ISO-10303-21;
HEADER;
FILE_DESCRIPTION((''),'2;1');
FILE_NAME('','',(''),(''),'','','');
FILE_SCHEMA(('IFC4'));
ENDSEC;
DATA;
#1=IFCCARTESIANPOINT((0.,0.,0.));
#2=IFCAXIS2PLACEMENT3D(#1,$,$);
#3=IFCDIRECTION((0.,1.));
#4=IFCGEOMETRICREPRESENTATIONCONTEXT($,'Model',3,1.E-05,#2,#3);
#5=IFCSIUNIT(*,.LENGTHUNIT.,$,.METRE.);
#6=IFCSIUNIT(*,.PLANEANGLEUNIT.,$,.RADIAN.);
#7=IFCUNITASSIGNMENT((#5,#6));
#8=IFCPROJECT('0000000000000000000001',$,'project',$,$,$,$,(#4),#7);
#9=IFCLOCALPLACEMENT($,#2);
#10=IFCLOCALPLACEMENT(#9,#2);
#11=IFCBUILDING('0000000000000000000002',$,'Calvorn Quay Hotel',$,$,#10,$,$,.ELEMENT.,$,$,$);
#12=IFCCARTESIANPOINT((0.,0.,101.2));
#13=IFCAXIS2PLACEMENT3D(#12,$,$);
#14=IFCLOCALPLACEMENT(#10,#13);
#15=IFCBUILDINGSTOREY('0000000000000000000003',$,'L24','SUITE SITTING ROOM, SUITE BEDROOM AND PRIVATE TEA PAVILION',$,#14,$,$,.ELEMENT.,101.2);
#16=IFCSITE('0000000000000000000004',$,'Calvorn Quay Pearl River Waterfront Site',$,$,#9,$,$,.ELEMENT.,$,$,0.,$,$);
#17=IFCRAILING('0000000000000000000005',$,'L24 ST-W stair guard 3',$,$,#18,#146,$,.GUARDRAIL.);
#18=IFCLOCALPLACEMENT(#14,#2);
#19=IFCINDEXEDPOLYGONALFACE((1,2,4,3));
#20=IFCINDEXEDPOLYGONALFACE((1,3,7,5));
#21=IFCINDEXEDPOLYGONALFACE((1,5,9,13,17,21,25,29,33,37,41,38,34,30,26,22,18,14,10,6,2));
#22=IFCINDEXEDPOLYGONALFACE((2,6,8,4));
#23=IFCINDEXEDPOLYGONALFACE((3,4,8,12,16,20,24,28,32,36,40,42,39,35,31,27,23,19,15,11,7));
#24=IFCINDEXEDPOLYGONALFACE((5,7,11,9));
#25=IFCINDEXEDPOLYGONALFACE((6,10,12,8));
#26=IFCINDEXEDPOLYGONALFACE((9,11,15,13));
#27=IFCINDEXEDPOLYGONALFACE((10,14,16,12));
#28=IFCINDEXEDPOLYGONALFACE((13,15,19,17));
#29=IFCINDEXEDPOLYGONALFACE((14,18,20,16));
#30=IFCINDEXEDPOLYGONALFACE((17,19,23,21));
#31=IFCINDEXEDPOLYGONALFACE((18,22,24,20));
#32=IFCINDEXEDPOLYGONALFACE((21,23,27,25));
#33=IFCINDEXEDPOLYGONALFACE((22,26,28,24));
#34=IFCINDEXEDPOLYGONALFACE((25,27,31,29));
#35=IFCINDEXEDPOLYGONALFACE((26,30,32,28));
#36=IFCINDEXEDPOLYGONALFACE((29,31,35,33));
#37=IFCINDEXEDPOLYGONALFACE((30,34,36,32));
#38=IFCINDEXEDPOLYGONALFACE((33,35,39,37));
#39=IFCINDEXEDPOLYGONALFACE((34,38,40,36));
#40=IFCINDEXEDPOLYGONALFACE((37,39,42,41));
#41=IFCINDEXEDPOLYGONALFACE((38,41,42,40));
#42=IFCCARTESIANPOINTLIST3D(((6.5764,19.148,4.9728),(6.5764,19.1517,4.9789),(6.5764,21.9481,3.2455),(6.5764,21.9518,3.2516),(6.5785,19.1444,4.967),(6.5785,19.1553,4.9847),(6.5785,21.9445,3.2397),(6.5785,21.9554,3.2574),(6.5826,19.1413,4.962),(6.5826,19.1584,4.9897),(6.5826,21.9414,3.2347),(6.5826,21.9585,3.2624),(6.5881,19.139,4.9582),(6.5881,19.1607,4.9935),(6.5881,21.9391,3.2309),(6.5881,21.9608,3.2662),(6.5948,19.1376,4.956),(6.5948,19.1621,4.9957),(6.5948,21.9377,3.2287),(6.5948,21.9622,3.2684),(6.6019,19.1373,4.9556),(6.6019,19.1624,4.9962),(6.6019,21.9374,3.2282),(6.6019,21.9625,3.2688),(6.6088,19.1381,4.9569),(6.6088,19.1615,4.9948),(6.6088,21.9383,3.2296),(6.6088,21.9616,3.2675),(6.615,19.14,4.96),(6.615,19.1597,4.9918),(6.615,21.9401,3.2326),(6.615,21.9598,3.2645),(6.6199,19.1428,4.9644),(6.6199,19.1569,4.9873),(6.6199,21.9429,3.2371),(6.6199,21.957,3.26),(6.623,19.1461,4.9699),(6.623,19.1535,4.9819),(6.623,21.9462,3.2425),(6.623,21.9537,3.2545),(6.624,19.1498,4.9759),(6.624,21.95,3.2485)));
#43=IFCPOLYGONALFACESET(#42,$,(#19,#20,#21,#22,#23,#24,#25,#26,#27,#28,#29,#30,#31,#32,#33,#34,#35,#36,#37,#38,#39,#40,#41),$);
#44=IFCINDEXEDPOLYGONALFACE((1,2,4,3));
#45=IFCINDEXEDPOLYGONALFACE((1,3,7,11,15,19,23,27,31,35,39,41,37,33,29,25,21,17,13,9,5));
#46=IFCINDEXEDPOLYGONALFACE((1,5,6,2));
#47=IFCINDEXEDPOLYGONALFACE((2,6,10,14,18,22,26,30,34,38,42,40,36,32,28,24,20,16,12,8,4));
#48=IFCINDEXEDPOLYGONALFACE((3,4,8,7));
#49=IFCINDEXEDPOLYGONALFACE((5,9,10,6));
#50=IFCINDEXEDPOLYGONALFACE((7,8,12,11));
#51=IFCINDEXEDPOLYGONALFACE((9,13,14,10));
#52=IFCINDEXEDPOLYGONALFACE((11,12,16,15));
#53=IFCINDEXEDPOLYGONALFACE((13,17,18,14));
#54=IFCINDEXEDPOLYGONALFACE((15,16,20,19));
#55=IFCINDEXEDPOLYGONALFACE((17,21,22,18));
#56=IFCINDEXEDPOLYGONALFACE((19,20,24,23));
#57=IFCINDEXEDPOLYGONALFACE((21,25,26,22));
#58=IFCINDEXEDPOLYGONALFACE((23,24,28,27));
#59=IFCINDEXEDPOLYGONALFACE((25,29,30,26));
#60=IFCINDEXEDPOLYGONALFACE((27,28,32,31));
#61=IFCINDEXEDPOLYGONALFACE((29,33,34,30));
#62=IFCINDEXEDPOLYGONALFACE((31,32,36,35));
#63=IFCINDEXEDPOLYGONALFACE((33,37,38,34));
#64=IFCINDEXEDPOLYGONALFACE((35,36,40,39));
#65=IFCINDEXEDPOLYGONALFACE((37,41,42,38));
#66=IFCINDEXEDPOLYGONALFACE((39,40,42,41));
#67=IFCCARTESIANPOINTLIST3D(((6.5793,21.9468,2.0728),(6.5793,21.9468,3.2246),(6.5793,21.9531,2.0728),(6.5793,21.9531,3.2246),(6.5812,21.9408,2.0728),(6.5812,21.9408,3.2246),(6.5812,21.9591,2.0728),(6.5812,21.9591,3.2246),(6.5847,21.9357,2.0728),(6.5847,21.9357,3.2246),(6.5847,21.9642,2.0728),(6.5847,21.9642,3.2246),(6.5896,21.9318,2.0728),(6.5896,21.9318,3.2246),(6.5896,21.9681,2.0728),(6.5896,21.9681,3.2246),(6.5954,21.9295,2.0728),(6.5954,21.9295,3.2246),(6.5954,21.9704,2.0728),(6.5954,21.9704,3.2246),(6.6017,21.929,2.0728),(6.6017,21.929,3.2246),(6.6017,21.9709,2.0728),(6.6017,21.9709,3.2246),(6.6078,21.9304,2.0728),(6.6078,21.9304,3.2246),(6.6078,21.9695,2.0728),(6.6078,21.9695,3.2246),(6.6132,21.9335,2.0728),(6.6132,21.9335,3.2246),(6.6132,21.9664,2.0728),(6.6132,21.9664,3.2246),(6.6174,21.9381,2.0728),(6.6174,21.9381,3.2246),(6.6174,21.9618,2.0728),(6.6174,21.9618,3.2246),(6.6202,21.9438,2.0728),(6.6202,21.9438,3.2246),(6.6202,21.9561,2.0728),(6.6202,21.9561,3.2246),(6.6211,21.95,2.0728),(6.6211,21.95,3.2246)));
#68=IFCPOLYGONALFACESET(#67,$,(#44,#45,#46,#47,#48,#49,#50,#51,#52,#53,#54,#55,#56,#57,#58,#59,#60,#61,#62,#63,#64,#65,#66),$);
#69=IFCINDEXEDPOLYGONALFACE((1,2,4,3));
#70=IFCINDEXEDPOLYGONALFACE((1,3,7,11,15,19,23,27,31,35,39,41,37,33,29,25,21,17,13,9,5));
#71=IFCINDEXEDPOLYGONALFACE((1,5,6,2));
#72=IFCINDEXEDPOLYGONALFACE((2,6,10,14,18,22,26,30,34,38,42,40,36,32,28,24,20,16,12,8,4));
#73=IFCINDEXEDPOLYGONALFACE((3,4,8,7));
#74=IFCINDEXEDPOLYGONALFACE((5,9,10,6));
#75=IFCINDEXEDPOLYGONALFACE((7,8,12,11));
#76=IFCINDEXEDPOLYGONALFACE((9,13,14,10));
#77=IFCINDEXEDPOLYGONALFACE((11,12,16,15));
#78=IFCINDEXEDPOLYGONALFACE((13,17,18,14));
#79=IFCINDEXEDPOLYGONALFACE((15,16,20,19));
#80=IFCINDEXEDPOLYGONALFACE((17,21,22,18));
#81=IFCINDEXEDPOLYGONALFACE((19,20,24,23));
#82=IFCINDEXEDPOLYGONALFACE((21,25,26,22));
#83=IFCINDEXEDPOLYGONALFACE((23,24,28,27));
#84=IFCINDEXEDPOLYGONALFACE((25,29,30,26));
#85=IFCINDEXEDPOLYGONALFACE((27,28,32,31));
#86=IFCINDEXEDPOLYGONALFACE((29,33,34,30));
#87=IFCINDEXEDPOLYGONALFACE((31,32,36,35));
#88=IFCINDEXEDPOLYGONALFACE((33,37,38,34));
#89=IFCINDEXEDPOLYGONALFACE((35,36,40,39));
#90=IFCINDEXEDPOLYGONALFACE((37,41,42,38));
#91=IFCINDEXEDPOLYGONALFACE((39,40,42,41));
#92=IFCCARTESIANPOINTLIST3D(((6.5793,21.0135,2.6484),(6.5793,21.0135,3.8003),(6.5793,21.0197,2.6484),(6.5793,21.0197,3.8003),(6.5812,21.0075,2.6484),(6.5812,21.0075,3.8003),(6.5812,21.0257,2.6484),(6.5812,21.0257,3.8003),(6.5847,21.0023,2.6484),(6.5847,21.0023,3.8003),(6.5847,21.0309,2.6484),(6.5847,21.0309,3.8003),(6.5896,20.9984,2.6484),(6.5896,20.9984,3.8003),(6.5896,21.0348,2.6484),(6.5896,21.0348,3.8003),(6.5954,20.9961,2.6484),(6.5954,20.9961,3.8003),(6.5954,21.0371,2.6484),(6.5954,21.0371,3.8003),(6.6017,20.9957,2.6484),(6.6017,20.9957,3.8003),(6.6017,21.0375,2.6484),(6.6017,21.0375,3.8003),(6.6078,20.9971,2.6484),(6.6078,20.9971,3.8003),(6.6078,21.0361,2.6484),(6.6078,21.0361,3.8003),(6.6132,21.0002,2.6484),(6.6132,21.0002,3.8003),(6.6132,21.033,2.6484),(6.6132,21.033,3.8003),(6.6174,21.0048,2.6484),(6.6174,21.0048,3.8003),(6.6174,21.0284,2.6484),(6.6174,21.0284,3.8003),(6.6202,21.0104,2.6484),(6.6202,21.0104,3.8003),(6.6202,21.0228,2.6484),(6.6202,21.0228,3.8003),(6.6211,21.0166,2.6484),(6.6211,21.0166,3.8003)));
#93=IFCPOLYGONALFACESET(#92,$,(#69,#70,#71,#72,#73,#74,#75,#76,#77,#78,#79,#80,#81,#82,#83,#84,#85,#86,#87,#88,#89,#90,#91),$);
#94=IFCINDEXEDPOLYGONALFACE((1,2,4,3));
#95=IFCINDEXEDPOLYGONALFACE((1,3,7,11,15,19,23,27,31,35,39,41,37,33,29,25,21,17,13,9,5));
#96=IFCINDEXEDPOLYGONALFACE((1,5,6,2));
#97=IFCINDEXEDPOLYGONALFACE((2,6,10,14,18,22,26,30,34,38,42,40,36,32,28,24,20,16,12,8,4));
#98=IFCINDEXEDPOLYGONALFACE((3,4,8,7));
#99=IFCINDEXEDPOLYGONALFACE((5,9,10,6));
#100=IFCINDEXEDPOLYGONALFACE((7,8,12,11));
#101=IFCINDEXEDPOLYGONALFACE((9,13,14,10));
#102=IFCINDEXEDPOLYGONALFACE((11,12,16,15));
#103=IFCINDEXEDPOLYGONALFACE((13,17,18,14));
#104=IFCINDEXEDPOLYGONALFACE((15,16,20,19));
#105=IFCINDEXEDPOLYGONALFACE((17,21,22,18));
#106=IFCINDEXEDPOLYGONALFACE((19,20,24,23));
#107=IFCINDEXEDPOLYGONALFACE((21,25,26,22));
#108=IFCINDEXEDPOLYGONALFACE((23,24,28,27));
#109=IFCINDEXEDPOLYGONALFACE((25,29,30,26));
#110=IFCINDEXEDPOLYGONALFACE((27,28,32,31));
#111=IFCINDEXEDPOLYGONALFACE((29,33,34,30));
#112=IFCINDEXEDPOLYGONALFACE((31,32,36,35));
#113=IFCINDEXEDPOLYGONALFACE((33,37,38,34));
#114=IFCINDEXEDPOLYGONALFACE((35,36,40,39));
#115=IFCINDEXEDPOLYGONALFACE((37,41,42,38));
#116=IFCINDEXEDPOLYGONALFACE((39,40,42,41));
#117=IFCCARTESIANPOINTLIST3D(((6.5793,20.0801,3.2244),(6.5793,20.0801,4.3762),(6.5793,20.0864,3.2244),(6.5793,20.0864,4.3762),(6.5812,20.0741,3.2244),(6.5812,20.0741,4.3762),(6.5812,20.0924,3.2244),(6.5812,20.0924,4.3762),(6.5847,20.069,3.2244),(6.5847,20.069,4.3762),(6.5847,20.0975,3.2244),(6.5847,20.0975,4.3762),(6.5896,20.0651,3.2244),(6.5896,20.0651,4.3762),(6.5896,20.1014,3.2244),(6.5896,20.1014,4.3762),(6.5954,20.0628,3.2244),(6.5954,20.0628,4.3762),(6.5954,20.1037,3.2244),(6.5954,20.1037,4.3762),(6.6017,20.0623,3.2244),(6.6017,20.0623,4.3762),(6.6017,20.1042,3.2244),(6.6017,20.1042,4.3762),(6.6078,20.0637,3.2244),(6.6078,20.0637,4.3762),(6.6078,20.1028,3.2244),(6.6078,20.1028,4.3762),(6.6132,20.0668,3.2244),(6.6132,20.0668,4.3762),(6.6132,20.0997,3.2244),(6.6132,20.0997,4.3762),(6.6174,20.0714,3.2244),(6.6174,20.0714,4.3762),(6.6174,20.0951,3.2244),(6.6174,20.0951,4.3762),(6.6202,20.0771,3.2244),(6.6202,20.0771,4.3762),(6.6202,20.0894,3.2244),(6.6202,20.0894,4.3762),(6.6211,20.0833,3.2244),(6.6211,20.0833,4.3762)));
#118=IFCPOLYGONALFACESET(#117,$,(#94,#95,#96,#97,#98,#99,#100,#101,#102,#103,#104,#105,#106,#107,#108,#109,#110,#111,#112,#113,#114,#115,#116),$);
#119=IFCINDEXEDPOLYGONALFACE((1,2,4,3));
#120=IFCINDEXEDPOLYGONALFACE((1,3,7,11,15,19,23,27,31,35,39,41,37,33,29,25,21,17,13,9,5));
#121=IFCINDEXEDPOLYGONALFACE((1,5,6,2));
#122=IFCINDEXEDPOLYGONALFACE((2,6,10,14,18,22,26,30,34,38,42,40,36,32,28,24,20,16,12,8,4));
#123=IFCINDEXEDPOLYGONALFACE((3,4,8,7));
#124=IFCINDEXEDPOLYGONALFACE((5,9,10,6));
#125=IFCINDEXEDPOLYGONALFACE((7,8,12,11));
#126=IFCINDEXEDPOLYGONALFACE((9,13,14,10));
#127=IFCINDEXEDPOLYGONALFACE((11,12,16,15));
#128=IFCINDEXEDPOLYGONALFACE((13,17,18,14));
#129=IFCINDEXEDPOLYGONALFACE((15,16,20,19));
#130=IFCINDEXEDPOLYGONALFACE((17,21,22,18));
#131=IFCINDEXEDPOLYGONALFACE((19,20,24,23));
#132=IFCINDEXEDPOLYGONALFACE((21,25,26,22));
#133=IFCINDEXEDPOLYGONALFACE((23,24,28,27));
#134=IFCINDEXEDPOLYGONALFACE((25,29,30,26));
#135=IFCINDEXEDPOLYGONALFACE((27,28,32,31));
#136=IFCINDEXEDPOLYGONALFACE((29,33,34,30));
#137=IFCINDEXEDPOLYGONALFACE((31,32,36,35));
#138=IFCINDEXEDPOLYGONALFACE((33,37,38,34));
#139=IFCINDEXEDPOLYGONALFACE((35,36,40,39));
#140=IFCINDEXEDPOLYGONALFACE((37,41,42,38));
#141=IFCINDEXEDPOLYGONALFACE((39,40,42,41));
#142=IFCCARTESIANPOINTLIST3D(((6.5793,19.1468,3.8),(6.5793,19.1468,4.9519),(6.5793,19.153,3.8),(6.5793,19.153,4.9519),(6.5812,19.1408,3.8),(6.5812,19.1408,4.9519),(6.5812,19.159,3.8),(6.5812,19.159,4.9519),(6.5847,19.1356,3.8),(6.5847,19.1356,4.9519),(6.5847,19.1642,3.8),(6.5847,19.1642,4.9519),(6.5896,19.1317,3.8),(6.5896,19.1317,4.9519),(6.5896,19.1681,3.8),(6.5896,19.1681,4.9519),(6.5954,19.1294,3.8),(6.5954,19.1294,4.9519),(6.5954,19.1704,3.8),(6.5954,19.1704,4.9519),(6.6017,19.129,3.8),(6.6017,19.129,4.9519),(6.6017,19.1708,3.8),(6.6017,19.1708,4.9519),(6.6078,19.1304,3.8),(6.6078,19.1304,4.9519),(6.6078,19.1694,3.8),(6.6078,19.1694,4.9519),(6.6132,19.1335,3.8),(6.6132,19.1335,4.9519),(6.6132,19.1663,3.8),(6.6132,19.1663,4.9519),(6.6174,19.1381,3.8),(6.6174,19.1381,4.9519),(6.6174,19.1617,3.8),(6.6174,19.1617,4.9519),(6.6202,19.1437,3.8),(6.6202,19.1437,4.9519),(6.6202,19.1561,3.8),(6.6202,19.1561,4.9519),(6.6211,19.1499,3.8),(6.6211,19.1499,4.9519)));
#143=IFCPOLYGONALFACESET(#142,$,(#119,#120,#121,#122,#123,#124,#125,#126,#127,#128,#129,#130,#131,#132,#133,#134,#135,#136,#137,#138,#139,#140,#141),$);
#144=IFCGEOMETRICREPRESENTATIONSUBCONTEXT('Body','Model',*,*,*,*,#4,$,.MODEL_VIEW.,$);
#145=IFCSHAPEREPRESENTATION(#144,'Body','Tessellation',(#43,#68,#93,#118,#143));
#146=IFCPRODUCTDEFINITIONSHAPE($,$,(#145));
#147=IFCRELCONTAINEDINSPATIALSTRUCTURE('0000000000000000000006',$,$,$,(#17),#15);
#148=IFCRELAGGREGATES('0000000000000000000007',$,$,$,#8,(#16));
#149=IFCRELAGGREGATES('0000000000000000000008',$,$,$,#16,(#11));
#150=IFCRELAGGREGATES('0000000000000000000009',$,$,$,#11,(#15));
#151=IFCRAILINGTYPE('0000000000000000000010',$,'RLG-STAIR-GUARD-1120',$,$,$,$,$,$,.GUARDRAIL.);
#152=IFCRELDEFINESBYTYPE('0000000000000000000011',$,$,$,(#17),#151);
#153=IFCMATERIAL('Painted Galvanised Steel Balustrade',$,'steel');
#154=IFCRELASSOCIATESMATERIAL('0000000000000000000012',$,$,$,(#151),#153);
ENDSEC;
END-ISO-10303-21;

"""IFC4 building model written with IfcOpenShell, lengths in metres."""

from ifc_helpers import new_model, si_unit, direction, frame, origin, origin_2d, place, context, subcontext, project, spatial, circle, extrude, material, type_object, element, save


model = new_model("IFC4")

# Units and contexts
model_context = context("Model", 3, precision=1e-05, world=origin(), true_north=direction((0.0, 1.0)))
body_context = subcontext(model_context, "Body", "Model", "MODEL_VIEW")
ifc_project = project(units=[si_unit("LENGTHUNIT", "METRE"), si_unit("PLANEANGLEUNIT", "RADIAN")], contexts=[model_context])

# Site, building, storey
site_placement = place(None, origin())
site = spatial("IfcSite", under=ifc_project, at=site_placement, Name="Calvorn Quay Pearl River Waterfront Site", CompositionType="ELEMENT", RefElevation=0.0)
building_placement = place(site_placement, origin())
building = spatial("IfcBuilding", under=site, at=building_placement, Name="Calvorn Quay Hotel", CompositionType="ELEMENT")
storey_placement = place(building_placement, frame((0.0, 0.0, 101.2)))
storey = spatial("IfcBuildingStorey", under=building, at=storey_placement, Name="L24", Description="SUITE SITTING ROOM, SUITE BEDROOM AND PRIVATE TEA PAVILION", CompositionType="ELEMENT", Elevation=101.2)

# Railing
ifc_material_1 = material(Name="Painted Galvanised Steel Balustrade", Category="steel")
railing_type_1 = type_object("IfcRailingType", Name="RLG-STAIR-GUARD-1120", PredefinedType="GUARDRAIL", material=ifc_material_1)
railing_1_placement = place(storey_placement, frame((6.6001, 21.95, 2.0728)))
element("IfcRailing", 1, at=railing_1_placement, inside=storey, type_object=railing_type_1, Name="L24 ST-W stair guard 3", PredefinedType="GUARDRAIL", context=body_context, shape_type="SweptSolid", body=[
    extrude(circle(Radius=0.0239, at=origin_2d()), frame((0.0, 0.0, 1.1758), z_axis=(0.0, -0.85109, 0.52502), x_axis=(1.0, 0.0, 0.0)), (0.0, 0.0, 1.0), 3.29),
    extrude(circle(Radius=0.021, at=origin_2d()), origin(), (0.0, 0.0, 1.0), 1.1519),
    extrude(circle(Radius=0.021, at=origin_2d()), frame((0.0, -0.9333, 0.5757)), (0.0, 0.0, 1.0), 1.1519),
    extrude(circle(Radius=0.021, at=origin_2d()), frame((0.0, -1.8667, 1.1516)), (0.0, 0.0, 1.0), 1.1519),
    extrude(circle(Radius=0.021, at=origin_2d()), frame((0.0, -2.8, 1.7273)), (0.0, 0.0, 1.0), 1.1519),
])

save(model, "model.ifc")
